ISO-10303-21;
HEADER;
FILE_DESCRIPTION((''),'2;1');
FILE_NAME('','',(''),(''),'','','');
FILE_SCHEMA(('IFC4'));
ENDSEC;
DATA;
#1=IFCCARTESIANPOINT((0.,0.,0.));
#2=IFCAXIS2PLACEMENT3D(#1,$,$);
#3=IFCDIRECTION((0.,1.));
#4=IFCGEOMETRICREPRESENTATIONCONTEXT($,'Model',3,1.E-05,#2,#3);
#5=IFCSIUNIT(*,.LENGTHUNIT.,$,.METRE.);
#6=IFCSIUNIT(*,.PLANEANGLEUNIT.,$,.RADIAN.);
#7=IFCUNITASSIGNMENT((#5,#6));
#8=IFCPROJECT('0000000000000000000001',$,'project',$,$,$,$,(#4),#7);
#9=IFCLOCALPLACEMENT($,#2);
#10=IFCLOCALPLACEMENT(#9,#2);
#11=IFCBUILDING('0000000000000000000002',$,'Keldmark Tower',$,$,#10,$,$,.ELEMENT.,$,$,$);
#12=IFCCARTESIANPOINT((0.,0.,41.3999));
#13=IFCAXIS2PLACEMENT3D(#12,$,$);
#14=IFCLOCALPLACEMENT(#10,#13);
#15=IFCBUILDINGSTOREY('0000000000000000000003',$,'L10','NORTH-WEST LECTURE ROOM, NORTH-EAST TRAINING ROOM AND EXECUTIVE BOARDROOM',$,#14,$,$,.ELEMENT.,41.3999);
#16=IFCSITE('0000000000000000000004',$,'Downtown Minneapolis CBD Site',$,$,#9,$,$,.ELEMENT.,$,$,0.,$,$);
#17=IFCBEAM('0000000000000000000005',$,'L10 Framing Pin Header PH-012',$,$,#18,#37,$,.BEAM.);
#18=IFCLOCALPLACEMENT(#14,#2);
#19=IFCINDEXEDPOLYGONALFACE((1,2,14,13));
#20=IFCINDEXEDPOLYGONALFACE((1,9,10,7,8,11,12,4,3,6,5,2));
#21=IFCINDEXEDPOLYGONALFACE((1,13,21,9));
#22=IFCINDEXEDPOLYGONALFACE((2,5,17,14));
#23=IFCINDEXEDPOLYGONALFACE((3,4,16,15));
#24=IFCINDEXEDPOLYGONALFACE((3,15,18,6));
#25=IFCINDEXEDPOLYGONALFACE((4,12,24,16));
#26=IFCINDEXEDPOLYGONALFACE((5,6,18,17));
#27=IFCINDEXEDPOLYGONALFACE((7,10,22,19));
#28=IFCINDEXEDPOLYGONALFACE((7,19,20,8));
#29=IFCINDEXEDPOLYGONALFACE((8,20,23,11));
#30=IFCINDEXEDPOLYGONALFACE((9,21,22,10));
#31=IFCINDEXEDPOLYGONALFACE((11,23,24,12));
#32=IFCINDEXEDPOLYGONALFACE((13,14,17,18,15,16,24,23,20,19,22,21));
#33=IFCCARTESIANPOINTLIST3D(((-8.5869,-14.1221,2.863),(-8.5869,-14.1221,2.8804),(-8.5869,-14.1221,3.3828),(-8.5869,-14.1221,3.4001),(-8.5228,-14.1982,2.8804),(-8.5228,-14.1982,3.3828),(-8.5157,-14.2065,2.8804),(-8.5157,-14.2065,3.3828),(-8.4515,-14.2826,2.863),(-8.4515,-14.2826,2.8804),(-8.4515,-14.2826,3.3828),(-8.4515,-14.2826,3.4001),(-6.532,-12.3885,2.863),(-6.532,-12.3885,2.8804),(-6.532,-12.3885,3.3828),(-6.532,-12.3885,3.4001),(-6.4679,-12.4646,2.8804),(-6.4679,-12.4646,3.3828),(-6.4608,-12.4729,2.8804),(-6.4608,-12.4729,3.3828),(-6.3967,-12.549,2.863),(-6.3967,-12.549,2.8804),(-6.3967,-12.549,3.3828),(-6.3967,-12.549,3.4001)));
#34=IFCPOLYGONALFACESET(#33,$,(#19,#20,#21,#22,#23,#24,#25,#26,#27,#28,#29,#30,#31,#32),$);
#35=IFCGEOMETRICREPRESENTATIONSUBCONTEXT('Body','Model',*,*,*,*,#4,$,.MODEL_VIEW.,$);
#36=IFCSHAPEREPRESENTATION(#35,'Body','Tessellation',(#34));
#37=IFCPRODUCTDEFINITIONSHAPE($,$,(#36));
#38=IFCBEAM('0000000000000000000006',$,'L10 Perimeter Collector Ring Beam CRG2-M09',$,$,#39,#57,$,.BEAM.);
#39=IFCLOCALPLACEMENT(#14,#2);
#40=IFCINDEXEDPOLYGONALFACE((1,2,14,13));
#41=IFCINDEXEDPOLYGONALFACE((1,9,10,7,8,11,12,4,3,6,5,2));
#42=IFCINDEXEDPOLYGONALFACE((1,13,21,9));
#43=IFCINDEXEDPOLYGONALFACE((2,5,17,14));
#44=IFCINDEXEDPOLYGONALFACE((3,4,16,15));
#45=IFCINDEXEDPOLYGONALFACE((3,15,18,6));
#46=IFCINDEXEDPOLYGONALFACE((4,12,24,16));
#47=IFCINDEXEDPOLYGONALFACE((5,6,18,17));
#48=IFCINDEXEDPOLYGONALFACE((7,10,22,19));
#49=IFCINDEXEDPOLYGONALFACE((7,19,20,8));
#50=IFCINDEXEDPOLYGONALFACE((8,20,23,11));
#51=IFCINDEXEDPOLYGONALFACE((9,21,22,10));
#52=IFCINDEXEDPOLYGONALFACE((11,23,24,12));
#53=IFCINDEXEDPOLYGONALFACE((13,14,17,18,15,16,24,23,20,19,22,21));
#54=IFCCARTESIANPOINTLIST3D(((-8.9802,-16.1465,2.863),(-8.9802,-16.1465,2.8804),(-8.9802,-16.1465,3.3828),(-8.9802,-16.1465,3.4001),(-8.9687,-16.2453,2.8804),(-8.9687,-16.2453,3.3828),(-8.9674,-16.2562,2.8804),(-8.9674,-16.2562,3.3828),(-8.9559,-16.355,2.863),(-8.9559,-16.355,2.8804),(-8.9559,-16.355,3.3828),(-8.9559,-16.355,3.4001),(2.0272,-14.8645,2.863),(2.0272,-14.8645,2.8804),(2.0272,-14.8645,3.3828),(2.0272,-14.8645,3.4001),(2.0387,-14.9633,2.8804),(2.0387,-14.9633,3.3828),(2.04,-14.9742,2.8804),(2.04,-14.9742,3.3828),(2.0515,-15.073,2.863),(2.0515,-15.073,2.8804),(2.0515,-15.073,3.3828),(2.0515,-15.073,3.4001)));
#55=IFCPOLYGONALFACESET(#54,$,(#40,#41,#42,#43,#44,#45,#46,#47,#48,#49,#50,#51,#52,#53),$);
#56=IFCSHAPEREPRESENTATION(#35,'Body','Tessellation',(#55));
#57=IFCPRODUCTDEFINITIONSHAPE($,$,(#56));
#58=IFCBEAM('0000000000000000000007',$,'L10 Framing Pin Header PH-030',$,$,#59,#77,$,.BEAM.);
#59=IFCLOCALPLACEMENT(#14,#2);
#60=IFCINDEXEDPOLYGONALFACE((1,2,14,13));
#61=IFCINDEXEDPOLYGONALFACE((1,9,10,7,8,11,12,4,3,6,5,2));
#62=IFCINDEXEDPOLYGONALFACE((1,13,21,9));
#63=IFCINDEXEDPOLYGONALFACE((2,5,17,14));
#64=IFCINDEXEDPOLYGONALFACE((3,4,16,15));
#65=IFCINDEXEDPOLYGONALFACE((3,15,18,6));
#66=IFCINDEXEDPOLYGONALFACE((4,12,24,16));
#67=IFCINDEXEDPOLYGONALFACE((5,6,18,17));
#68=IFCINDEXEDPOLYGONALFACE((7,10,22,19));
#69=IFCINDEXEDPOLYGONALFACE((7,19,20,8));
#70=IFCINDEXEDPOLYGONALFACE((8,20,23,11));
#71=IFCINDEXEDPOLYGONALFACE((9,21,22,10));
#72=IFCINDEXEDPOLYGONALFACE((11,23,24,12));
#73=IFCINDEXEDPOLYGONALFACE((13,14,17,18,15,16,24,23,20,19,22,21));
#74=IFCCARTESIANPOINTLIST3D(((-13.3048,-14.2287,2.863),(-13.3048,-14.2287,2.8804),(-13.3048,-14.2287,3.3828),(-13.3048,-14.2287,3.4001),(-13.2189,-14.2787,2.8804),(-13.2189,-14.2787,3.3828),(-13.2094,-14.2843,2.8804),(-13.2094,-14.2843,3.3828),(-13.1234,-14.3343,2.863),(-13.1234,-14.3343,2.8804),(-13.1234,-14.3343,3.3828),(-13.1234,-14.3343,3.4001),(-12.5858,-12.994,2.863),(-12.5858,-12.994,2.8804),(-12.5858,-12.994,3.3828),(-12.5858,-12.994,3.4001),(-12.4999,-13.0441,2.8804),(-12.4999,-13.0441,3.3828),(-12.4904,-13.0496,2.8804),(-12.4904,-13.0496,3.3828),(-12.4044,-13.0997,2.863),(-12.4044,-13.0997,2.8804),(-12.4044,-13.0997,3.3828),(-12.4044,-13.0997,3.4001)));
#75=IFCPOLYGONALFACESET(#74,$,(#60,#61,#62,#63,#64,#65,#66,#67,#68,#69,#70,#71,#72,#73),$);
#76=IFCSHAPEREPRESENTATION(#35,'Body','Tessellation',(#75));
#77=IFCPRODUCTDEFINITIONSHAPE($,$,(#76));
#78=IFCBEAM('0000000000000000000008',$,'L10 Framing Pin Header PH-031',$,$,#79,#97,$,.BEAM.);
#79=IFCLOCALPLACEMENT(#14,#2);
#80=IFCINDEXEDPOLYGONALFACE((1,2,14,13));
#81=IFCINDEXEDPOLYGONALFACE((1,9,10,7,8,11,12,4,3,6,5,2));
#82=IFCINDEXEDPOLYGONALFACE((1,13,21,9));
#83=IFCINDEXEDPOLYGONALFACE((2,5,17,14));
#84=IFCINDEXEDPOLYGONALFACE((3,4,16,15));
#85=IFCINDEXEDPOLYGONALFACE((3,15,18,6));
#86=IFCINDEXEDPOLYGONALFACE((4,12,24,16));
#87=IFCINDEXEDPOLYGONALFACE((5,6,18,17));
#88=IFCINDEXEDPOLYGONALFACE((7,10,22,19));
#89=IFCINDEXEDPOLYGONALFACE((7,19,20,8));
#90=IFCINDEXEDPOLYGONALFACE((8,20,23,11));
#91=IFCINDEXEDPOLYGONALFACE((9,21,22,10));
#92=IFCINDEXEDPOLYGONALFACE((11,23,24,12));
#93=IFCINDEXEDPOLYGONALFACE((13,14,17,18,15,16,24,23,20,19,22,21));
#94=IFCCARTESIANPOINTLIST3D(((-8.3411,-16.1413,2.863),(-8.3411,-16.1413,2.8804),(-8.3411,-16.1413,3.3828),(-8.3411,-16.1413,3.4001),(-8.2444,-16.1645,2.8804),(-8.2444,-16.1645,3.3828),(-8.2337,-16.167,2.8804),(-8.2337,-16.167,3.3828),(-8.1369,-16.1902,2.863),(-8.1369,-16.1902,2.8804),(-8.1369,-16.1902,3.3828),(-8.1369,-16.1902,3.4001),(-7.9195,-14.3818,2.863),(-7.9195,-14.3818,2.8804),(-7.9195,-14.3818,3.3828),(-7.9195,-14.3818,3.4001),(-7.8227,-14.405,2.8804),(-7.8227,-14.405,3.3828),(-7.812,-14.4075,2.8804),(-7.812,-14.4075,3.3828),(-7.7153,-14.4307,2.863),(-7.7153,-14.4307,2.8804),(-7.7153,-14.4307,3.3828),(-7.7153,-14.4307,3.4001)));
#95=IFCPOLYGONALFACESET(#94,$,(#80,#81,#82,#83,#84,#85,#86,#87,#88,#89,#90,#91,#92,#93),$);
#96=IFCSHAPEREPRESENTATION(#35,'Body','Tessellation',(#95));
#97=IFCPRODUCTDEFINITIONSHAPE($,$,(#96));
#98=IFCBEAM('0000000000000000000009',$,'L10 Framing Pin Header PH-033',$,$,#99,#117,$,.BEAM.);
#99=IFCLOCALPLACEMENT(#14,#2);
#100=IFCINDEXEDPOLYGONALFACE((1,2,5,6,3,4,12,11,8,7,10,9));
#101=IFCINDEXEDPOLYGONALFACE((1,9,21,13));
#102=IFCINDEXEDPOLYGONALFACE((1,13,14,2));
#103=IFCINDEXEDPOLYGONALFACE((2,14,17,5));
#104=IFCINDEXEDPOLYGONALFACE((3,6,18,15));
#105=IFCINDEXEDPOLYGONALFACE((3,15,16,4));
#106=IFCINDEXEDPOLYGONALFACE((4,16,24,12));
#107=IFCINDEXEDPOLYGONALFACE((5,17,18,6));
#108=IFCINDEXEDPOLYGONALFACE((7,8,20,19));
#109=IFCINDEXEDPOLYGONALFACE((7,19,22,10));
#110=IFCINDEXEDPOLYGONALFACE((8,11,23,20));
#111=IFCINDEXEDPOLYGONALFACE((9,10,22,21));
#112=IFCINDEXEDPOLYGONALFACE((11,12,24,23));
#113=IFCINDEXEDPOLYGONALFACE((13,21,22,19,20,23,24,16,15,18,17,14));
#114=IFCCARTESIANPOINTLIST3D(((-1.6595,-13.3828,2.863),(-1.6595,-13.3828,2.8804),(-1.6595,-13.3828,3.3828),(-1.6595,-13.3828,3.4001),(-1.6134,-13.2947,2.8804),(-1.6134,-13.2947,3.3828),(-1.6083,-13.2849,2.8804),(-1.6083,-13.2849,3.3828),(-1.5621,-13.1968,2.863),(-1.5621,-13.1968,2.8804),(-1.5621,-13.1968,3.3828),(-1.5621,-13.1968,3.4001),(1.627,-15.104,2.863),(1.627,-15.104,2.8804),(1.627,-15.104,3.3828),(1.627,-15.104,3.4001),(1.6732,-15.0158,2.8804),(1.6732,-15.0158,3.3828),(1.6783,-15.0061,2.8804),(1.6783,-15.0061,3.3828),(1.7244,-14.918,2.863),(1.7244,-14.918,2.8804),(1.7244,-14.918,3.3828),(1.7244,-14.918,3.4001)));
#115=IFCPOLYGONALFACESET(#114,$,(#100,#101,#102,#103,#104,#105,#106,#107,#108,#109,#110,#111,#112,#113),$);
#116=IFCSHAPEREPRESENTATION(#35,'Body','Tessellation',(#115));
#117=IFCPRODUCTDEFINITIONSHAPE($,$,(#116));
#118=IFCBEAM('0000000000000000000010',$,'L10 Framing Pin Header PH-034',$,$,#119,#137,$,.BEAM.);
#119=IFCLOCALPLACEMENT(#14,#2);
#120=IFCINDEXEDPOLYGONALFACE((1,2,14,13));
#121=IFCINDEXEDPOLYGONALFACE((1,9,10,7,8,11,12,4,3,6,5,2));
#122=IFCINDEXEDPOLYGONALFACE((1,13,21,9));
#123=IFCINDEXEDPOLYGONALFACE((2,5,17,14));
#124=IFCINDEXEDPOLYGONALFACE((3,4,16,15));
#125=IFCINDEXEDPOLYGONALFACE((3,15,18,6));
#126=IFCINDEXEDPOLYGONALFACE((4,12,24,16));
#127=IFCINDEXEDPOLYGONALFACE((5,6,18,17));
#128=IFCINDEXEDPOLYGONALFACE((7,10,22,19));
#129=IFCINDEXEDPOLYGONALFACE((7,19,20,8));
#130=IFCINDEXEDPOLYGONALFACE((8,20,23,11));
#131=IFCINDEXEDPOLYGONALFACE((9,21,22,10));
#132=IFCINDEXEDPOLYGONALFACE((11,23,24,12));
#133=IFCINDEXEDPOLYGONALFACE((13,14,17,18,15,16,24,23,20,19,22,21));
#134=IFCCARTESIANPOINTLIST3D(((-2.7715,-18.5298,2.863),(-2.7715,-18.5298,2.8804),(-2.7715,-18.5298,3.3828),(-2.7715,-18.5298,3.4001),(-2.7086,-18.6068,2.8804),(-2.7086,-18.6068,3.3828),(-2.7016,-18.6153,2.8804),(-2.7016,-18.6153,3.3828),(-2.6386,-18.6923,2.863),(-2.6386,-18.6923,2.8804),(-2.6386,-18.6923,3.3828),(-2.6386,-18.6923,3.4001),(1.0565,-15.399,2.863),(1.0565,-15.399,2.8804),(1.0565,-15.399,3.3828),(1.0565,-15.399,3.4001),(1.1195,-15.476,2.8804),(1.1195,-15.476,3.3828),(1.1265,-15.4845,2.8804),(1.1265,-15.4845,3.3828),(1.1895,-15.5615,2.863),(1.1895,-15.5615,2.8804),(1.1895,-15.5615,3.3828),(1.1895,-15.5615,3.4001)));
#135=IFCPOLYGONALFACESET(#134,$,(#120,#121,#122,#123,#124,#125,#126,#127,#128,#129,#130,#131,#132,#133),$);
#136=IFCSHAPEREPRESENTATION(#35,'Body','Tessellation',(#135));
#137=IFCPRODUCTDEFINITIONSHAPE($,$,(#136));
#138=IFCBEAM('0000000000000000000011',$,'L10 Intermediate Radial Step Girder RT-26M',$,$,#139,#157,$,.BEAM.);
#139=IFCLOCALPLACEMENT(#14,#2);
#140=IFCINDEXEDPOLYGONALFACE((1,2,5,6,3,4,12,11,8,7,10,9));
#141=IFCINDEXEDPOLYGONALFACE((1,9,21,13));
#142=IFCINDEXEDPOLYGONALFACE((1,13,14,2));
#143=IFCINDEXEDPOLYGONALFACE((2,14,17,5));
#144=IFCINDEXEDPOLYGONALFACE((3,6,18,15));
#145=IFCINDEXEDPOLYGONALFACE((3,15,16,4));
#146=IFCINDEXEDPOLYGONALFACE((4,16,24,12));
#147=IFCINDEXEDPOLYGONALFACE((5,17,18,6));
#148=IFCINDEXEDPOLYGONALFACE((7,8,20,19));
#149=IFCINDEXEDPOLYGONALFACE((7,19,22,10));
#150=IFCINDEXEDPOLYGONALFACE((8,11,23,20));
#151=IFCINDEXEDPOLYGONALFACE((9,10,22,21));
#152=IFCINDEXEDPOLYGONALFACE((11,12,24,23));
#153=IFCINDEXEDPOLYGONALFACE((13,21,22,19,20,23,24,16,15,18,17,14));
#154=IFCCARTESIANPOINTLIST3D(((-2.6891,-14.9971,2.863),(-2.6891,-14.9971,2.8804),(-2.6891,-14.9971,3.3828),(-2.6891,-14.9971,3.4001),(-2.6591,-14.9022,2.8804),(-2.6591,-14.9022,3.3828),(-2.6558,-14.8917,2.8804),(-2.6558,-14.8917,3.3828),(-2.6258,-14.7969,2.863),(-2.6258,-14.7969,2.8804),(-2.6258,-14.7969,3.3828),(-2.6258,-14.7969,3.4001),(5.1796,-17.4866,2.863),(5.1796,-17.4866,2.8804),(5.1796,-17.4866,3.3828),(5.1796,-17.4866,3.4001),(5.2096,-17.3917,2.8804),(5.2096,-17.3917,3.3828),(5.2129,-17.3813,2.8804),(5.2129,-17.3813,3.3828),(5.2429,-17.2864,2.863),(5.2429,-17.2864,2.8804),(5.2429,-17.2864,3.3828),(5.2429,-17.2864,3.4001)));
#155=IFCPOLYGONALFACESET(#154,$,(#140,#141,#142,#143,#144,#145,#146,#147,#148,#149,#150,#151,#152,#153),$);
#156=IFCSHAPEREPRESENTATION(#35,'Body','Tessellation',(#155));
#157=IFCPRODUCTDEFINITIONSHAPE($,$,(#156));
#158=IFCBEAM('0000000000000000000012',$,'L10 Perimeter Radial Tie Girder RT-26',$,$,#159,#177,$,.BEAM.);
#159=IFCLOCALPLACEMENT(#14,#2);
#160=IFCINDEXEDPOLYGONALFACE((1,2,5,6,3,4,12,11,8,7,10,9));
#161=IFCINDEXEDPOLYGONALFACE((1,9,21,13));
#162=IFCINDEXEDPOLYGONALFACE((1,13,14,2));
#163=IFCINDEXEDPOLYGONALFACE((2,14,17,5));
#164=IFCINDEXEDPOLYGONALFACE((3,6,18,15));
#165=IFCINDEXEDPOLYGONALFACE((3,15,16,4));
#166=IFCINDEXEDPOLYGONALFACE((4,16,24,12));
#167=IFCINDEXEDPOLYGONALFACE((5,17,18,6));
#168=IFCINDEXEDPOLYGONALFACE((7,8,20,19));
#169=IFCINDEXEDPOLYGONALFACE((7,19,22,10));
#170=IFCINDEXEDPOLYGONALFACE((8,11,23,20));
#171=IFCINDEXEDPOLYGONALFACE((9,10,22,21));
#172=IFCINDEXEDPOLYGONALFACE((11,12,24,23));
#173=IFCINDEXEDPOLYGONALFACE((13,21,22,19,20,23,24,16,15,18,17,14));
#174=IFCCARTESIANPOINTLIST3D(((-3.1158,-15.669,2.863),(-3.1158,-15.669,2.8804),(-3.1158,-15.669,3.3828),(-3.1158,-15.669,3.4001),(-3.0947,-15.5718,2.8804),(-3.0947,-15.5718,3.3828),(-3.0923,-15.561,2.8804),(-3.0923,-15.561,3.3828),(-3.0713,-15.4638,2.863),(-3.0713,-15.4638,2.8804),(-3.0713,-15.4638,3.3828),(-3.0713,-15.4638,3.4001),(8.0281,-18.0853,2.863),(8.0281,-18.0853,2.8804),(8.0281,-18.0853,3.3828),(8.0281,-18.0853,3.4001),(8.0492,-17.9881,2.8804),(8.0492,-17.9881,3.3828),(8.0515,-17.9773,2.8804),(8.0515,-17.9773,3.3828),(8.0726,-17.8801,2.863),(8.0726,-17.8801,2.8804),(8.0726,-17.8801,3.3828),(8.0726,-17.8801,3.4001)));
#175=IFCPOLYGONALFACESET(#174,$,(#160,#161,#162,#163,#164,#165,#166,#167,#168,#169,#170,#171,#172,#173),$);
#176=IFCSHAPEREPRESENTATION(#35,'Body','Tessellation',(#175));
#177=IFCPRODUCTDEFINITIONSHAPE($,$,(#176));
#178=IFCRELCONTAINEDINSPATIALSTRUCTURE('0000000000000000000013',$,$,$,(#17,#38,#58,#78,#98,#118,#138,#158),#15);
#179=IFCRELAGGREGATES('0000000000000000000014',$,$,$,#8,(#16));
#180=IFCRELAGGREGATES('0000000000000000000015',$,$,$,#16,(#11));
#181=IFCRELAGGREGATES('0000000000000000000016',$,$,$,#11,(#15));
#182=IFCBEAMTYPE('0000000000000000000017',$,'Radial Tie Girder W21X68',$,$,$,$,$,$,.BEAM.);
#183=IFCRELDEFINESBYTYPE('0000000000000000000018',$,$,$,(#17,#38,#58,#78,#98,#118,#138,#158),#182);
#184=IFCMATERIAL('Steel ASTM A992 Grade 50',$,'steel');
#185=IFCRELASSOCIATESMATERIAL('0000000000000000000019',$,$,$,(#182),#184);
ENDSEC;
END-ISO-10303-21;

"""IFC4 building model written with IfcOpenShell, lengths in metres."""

from ifc_helpers import new_model, si_unit, direction, frame, origin, origin_2d, place, context, subcontext, project, spatial, i_section, extrude, material, material_profile, profile_set, type_object, element, save


model = new_model("IFC4")

# Units and contexts
model_context = context("Model", 3, precision=1e-05, world=origin(), true_north=direction((0.0, 1.0)))
body_context = subcontext(model_context, "Body", "Model", "MODEL_VIEW")
ifc_project = project(units=[si_unit("LENGTHUNIT", "METRE"), si_unit("PLANEANGLEUNIT", "RADIAN")], contexts=[model_context])

# Site, building, storey
site_placement = place(None, origin())
site = spatial("IfcSite", under=ifc_project, at=site_placement, Name="Downtown Minneapolis CBD Site", CompositionType="ELEMENT", RefElevation=0.0)
building_placement = place(site_placement, origin())
building = spatial("IfcBuilding", under=site, at=building_placement, Name="Keldmark Tower", CompositionType="ELEMENT")
storey_placement = place(building_placement, frame((0.0, 0.0, 41.3999)))
storey = spatial("IfcBuildingStorey", under=building, at=storey_placement, Name="L10", Description="NORTH-WEST LECTURE ROOM, NORTH-EAST TRAINING ROOM AND EXECUTIVE BOARDROOM", CompositionType="ELEMENT", Elevation=41.3999)

# Beams
ifc_material_1 = material(Name="Steel ASTM A992 Grade 50", Category="steel")
ifc_material_profile_1 = material_profile(ifc_material_1, i_section(OverallWidth=0.21, OverallDepth=0.5371, WebThickness=0.011, FlangeThickness=0.0173, at=origin_2d()), Name="W21X68")
ifc_profile_set_1 = profile_set([ifc_material_profile_1], Name="Steel ASTM A992 Grade 50")
beam_type_1 = type_object("IfcBeamType", Name="Radial Tie Girder W21X68", PredefinedType="BEAM", material=ifc_profile_set_1)
beam_1_placement = place(storey_placement, frame((-6.4644, -12.4688, 3.1316), z_axis=(-0.764329, -0.644826, 0.0), x_axis=(0.644826, -0.764329, 0.0)))
element("IfcBeam", 1, at=beam_1_placement, inside=storey, type_object=beam_type_1, Name="L10 Framing Pin Header PH-012", PredefinedType="BEAM", context=body_context, shape_type="SweptSolid", body=[
    extrude(i_section(OverallWidth=0.21, OverallDepth=0.5371, WebThickness=0.011, FlangeThickness=0.0173, at=origin_2d()), origin(), (0.0, 0.0, 1.0), 2.6885),
])
beam_2_placement = place(storey_placement, frame((-8.968, -16.2507, 3.1316), z_axis=(0.993286, 0.115684, 0.0), x_axis=(-0.115684, 0.993286, 0.0)))
element("IfcBeam", 2, at=beam_2_placement, inside=storey, type_object=beam_type_1, Name="L10 Perimeter Collector Ring Beam CRG2-M09", PredefinedType="BEAM", context=body_context, shape_type="SweptSolid", body=[
    extrude(i_section(OverallWidth=0.21, OverallDepth=0.5371, WebThickness=0.011, FlangeThickness=0.0173, at=origin_2d()), origin(), (0.0, 0.0, 1.0), 11.0818),
])
beam_3_placement = place(storey_placement, frame((-12.4951, -13.0469, 3.1316), z_axis=(-0.503244, -0.864144, 0.0), x_axis=(0.864144, -0.503244, 0.0)))
element("IfcBeam", 3, at=beam_3_placement, inside=storey, type_object=beam_type_1, Name="L10 Framing Pin Header PH-030", PredefinedType="BEAM", context=body_context, shape_type="SweptSolid", body=[
    extrude(i_section(OverallWidth=0.21, OverallDepth=0.5371, WebThickness=0.011, FlangeThickness=0.0173, at=origin_2d()), origin(), (0.0, 0.0, 1.0), 1.4287),
])
beam_4_placement = place(storey_placement, frame((-7.8174, -14.4062, 3.1316), z_axis=(-0.233031, -0.972469, 0.0), x_axis=(0.972469, -0.233031, 0.0)))
element("IfcBeam", 4, at=beam_4_placement, inside=storey, type_object=beam_type_1, Name="L10 Framing Pin Header PH-031", PredefinedType="BEAM", context=body_context, shape_type="SweptSolid", body=[
    extrude(i_section(OverallWidth=0.21, OverallDepth=0.5371, WebThickness=0.011, FlangeThickness=0.0173, at=origin_2d()), origin(), (0.0, 0.0, 1.0), 1.8093),
])
beam_5_placement = place(storey_placement, frame((-1.6108, -13.2898, 3.1316), z_axis=(0.885873, -0.463928, 0.0), x_axis=(0.463928, 0.885873, 0.0)))
element("IfcBeam", 5, at=beam_5_placement, inside=storey, type_object=beam_type_1, Name="L10 Framing Pin Header PH-033", PredefinedType="BEAM", context=body_context, shape_type="SweptSolid", body=[
    extrude(i_section(OverallWidth=0.21, OverallDepth=0.5371, WebThickness=0.011, FlangeThickness=0.0173, at=origin_2d()), origin(), (0.0, 0.0, 1.0), 3.71),
])
beam_6_placement = place(storey_placement, frame((-2.7051, -18.6111, 3.1316), z_axis=(0.77408, 0.633087, 0.0), x_axis=(-0.633087, 0.77408, 0.0)))
element("IfcBeam", 6, at=beam_6_placement, inside=storey, type_object=beam_type_1, Name="L10 Framing Pin Header PH-034", PredefinedType="BEAM", context=body_context, shape_type="SweptSolid", body=[
    extrude(i_section(OverallWidth=0.21, OverallDepth=0.5371, WebThickness=0.011, FlangeThickness=0.0173, at=origin_2d()), origin(), (0.0, 0.0, 1.0), 4.9453),
])
beam_7_placement = place(storey_placement, frame((-2.6575, -14.897, 3.1316), z_axis=(0.95342, -0.301645, 0.0), x_axis=(0.301645, 0.95342, 0.0)))
element("IfcBeam", 7, at=beam_7_placement, inside=storey, type_object=beam_type_1, Name="L10 Intermediate Radial Step Girder RT-26M", PredefinedType="BEAM", context=body_context, shape_type="SweptSolid", body=[
    extrude(i_section(OverallWidth=0.21, OverallDepth=0.5371, WebThickness=0.011, FlangeThickness=0.0173, at=origin_2d()), origin(), (0.0, 0.0, 1.0), 8.2532),
])
beam_8_placement = place(storey_placement, frame((-3.0935, -15.5664, 3.1316), z_axis=(0.977291, -0.211902, 0.0), x_axis=(0.211902, 0.977291, 0.0)))
element("IfcBeam", 8, at=beam_8_placement, inside=storey, type_object=beam_type_1, Name="L10 Perimeter Radial Tie Girder RT-26", PredefinedType="BEAM", context=body_context, shape_type="SweptSolid", body=[
    extrude(i_section(OverallWidth=0.21, OverallDepth=0.5371, WebThickness=0.011, FlangeThickness=0.0173, at=origin_2d()), origin(), (0.0, 0.0, 1.0), 11.4028),
])

save(model, "model.ifc")
